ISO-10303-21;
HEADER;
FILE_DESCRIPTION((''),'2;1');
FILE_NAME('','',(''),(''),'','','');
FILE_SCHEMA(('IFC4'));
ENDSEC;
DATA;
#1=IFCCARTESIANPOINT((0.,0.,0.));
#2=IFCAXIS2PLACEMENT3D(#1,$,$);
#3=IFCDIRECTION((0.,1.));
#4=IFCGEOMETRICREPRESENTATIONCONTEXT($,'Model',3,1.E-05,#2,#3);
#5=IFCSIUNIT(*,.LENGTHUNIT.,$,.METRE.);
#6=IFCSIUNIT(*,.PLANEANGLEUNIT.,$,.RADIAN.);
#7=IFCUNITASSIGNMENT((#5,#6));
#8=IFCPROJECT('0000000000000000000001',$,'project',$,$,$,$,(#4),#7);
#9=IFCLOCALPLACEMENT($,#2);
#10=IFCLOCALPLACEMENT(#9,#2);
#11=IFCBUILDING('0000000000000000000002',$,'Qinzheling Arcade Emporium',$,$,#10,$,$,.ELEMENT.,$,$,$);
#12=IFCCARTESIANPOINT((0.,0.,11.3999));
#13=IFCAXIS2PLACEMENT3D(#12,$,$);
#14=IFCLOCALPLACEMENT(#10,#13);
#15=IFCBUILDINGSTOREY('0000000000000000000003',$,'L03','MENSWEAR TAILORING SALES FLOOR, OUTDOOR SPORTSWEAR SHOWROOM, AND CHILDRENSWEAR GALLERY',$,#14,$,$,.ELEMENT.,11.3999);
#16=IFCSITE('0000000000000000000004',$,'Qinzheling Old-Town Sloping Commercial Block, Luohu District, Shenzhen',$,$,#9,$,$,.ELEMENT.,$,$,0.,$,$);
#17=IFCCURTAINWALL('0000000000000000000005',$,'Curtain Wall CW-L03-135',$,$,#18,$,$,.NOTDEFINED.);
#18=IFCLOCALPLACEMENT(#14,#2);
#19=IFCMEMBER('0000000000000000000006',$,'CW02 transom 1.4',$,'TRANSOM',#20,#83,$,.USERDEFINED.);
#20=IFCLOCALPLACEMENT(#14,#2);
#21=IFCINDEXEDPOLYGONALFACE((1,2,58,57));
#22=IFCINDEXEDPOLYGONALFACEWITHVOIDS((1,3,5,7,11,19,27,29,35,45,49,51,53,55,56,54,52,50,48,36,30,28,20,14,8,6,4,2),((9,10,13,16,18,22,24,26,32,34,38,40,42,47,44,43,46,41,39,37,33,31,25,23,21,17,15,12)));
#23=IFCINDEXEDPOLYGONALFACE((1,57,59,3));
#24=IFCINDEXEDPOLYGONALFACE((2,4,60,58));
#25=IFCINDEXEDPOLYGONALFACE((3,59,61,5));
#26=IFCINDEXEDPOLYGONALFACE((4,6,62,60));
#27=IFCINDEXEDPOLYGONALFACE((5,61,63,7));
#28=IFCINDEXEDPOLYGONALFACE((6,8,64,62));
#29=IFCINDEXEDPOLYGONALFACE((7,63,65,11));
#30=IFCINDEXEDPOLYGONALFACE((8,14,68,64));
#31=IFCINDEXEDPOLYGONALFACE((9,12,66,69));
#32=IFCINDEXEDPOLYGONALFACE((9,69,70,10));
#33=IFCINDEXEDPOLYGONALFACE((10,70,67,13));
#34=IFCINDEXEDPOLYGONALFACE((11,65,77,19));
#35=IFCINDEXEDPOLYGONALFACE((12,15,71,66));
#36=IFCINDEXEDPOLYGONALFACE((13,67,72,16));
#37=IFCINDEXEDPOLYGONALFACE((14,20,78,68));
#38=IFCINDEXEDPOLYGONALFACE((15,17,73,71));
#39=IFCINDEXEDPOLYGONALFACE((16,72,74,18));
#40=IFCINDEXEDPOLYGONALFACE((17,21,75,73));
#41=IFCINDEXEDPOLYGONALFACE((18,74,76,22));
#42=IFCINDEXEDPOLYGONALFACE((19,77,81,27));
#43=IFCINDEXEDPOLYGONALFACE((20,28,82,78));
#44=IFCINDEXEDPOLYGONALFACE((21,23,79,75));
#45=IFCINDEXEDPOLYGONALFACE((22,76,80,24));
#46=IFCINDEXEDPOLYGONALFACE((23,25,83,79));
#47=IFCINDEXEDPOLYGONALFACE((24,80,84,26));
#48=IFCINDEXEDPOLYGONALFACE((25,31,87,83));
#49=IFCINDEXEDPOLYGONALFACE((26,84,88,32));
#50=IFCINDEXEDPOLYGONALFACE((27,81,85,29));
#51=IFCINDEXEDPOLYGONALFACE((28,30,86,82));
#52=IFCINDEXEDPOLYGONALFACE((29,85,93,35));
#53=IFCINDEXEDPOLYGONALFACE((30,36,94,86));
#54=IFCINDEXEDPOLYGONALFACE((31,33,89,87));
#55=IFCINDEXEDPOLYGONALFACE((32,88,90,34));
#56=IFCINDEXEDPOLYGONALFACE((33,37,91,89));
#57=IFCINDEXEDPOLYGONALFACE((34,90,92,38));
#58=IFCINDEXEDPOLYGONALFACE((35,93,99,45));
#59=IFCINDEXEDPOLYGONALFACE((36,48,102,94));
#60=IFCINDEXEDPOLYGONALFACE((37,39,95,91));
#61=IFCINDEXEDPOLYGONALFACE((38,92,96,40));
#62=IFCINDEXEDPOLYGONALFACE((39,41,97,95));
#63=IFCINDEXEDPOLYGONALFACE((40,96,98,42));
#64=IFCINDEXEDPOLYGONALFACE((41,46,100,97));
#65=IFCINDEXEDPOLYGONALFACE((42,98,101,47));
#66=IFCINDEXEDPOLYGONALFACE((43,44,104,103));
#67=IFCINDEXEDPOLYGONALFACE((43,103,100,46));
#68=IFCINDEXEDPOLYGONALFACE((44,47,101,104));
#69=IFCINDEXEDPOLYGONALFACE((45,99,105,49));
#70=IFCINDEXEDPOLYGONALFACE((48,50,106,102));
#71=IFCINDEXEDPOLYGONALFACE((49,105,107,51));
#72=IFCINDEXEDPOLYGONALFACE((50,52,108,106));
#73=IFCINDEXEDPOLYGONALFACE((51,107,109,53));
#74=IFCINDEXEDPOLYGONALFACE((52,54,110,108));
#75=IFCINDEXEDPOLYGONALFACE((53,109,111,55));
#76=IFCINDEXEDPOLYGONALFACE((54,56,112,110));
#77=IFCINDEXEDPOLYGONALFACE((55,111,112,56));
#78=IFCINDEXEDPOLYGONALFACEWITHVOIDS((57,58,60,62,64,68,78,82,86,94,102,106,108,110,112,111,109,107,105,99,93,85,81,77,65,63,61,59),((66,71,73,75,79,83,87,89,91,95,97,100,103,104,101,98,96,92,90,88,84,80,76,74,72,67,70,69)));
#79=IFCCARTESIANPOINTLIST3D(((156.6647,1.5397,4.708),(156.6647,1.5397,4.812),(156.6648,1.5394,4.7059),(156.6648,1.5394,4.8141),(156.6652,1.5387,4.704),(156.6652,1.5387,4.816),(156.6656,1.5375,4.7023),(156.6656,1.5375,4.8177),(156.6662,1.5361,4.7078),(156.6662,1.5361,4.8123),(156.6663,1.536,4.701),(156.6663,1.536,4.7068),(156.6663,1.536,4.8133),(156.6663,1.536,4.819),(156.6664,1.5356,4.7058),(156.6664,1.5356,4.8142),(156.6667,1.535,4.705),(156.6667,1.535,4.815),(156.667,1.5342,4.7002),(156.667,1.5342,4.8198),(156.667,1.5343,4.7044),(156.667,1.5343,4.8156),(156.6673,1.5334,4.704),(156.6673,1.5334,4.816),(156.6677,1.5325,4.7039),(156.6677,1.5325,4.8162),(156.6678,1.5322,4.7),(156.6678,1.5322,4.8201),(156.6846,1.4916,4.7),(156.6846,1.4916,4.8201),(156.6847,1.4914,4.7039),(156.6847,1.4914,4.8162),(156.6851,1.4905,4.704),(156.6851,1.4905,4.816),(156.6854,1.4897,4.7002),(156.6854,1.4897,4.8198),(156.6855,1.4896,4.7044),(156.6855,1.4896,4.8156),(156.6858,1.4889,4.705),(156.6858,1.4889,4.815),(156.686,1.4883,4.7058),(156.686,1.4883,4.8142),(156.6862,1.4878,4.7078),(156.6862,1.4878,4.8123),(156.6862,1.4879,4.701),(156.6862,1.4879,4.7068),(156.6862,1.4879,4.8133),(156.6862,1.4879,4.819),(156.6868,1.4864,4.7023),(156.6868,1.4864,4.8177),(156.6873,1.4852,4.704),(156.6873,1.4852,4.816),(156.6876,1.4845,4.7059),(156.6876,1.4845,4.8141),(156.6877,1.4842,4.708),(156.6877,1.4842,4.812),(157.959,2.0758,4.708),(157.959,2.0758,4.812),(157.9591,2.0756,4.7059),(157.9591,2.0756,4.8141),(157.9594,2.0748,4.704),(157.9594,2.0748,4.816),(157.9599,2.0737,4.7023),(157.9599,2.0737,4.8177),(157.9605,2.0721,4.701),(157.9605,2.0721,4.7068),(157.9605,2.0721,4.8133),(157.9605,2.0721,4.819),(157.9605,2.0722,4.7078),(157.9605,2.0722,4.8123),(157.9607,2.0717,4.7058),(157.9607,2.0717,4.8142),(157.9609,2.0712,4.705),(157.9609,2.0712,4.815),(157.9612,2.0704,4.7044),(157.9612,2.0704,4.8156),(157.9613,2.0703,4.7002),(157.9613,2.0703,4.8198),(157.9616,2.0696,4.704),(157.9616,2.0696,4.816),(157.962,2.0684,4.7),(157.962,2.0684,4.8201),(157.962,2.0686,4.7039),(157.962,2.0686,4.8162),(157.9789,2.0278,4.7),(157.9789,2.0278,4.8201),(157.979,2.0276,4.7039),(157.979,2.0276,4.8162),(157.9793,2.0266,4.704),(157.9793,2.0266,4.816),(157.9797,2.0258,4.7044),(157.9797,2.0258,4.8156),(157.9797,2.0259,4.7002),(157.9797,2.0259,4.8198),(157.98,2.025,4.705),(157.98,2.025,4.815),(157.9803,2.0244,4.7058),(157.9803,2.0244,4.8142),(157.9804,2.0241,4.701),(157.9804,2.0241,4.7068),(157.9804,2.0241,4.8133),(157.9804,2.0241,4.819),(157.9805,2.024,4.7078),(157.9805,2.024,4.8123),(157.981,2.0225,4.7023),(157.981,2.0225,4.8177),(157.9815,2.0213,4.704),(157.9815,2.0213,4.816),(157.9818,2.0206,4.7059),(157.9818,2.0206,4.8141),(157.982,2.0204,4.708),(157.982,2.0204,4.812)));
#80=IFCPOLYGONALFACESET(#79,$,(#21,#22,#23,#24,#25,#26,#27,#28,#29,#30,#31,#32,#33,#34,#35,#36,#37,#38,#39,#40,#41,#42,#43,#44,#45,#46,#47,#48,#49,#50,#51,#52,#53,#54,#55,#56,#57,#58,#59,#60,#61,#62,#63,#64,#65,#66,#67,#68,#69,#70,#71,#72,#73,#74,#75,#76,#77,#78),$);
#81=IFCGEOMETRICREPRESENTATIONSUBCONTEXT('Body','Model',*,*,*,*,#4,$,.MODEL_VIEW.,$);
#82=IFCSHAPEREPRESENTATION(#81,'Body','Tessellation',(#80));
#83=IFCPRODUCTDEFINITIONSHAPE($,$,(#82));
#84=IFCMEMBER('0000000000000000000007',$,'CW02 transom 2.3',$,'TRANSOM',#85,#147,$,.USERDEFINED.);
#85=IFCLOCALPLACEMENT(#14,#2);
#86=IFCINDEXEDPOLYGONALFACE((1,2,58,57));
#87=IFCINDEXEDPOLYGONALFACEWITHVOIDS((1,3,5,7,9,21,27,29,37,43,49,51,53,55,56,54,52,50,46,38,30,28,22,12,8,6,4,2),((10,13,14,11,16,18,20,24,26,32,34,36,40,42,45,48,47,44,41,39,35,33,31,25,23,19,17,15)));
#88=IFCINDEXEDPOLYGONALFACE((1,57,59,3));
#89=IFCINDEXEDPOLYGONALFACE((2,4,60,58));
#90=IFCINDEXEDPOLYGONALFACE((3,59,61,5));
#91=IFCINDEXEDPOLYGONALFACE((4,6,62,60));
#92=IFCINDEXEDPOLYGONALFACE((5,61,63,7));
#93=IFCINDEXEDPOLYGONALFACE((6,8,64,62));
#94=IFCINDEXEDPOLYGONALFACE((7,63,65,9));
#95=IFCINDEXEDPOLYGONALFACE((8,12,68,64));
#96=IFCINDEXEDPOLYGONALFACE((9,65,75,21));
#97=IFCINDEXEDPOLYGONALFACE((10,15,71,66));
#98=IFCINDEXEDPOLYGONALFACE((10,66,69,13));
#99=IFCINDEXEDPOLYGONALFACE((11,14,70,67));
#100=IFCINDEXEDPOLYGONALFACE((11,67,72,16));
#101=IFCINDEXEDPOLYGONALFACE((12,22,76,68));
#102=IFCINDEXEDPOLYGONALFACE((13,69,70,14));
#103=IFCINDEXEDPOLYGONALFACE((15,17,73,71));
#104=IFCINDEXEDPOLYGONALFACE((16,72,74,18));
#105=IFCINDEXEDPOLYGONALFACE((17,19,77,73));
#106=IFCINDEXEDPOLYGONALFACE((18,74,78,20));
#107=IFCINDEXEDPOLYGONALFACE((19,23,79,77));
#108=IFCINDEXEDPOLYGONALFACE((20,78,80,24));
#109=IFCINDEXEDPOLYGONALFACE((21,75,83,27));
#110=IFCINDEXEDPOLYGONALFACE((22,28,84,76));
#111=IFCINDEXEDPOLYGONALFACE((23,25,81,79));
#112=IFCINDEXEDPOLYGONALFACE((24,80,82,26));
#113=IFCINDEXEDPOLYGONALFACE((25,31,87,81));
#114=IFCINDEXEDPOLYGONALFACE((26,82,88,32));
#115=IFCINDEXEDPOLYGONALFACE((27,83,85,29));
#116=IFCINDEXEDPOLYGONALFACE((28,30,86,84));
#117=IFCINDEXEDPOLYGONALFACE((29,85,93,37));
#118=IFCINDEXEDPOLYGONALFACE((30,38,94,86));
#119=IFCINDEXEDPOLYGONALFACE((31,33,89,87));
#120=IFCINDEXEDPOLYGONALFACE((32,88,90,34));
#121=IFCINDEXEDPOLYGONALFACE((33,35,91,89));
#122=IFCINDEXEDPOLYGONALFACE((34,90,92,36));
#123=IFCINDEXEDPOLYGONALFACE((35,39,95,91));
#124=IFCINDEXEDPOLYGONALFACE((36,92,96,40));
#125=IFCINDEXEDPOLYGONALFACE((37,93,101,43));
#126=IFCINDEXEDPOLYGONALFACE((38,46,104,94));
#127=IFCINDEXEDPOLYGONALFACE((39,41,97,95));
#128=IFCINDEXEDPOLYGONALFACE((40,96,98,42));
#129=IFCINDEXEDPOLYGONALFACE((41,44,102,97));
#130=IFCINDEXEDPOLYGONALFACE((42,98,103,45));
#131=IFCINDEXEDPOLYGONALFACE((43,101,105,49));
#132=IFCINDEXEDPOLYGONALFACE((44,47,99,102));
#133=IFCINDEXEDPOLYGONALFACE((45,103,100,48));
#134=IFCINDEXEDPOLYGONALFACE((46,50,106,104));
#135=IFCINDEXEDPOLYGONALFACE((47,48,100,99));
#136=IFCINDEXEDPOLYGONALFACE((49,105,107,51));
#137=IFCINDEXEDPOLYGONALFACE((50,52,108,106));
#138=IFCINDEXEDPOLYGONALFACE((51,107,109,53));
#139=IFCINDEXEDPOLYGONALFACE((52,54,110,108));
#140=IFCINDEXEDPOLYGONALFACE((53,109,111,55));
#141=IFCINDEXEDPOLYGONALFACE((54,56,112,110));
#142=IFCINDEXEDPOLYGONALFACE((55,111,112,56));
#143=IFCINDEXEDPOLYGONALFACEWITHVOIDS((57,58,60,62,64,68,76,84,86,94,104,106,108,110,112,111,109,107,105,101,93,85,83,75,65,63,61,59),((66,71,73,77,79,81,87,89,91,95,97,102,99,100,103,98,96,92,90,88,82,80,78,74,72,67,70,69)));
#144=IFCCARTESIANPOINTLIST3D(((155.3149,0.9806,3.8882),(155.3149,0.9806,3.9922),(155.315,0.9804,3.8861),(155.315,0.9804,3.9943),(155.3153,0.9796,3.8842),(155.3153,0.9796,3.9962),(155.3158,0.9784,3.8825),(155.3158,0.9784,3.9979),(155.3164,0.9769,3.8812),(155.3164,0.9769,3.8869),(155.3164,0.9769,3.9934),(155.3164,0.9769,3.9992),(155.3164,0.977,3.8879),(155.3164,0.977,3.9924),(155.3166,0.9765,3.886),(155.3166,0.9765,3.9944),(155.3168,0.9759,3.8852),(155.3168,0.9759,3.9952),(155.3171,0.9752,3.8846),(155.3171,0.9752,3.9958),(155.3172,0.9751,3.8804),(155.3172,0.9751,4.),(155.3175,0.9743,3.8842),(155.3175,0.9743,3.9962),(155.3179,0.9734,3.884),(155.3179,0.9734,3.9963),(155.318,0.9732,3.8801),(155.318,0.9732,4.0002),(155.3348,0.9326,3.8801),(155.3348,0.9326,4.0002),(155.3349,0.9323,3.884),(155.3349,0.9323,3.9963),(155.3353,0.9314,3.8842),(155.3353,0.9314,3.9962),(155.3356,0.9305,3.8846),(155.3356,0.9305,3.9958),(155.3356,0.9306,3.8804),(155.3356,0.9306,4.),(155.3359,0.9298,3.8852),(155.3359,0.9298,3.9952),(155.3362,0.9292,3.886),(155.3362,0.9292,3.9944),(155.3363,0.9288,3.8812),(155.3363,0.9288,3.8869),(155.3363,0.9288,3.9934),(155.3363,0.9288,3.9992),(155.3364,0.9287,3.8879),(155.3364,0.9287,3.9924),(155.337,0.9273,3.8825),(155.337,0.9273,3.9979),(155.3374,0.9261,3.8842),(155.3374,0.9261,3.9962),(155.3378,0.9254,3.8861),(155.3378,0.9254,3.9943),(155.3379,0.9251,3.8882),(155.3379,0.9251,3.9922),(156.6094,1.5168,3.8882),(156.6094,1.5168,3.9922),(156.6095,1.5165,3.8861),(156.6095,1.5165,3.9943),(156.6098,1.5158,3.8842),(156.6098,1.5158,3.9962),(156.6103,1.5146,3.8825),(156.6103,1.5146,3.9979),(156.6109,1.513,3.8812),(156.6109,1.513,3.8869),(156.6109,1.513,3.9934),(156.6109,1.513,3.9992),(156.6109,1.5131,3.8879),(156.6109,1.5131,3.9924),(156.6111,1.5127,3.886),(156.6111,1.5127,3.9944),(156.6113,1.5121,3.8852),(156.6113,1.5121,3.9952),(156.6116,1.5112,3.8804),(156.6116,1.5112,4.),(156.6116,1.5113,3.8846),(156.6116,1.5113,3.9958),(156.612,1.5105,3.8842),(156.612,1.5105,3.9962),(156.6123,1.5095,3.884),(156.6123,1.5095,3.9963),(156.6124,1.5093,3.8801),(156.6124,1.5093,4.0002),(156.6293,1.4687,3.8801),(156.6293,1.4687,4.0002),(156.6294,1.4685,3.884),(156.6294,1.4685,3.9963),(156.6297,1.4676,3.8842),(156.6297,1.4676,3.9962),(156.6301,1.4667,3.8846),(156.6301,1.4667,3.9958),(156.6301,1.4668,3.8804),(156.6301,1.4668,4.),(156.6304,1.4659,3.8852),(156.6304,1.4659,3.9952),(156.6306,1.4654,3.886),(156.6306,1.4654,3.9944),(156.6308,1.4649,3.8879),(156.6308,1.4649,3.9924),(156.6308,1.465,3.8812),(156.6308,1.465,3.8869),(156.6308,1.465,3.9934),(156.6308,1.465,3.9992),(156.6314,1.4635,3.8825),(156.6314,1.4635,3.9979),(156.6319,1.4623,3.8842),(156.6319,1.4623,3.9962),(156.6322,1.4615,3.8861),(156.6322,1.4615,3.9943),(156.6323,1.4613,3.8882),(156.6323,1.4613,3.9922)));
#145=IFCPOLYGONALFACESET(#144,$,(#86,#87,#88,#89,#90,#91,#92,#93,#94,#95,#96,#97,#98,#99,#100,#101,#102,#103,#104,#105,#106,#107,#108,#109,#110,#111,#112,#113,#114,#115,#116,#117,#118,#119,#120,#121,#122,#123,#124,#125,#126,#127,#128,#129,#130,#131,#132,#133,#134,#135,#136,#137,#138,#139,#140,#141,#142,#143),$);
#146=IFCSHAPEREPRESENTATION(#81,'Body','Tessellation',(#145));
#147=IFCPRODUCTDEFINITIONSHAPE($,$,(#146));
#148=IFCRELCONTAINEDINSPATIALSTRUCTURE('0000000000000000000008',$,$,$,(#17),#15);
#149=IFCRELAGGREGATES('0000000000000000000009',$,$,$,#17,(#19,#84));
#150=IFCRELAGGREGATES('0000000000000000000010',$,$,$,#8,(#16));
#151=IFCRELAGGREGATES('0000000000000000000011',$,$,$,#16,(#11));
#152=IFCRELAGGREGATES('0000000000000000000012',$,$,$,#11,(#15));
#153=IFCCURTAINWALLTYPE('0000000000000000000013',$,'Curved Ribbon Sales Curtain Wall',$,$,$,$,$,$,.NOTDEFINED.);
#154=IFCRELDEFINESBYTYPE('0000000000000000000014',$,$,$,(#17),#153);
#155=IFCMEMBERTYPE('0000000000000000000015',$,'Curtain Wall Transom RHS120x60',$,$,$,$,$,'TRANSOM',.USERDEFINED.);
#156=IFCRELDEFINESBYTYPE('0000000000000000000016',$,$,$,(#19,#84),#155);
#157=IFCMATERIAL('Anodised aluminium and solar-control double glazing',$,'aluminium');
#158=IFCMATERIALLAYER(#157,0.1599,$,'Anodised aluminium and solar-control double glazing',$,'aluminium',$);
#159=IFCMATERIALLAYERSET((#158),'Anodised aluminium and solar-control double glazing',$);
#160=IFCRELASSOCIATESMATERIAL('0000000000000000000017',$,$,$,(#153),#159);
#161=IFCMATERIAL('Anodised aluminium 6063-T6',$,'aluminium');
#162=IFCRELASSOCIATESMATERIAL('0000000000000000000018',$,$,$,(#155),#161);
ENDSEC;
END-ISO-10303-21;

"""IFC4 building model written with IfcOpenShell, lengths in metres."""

from ifc_helpers import new_model, si_unit, direction, frame, origin, origin_2d, place, context, subcontext, project, spatial, hollow_rectangle, extrude, material, layer, layer_set, material_profile, profile_set, type_object, element, aggregate, save


model = new_model("IFC4")

# Units and contexts
model_context = context("Model", 3, precision=1e-05, world=origin(), true_north=direction((0.0, 1.0)))
body_context = subcontext(model_context, "Body", "Model", "MODEL_VIEW")
ifc_project = project(units=[si_unit("LENGTHUNIT", "METRE"), si_unit("PLANEANGLEUNIT", "RADIAN")], contexts=[model_context])

# Site, building, storey
site_placement = place(None, origin())
site = spatial("IfcSite", under=ifc_project, at=site_placement, Name="Qinzheling Old-Town Sloping Commercial Block, Luohu District, Shenzhen", CompositionType="ELEMENT", RefElevation=0.0)
building_placement = place(site_placement, origin())
building = spatial("IfcBuilding", under=site, at=building_placement, Name="Qinzheling Arcade Emporium", CompositionType="ELEMENT")
storey_placement = place(building_placement, frame((0.0, 0.0, 11.3999)))
storey = spatial("IfcBuildingStorey", under=building, at=storey_placement, Name="L03", Description="MENSWEAR TAILORING SALES FLOOR, OUTDOOR SPORTSWEAR SHOWROOM, AND CHILDRENSWEAR GALLERY", CompositionType="ELEMENT", Elevation=11.3999)

# Curtain wall
ifc_material_1 = material(Name="Anodised aluminium and solar-control double glazing", Category="aluminium")
ifc_layer_1 = layer(ifc_material_1, 0.1599, Name="Anodised aluminium and solar-control double glazing", Category="aluminium")
ifc_layer_set_1 = layer_set([ifc_layer_1], Name="Anodised aluminium and solar-control double glazing")
curtain_wall_type = type_object("IfcCurtainWallType", Name="Curved Ribbon Sales Curtain Wall", PredefinedType="NOTDEFINED", material=ifc_layer_set_1)
ifc_material_2 = material(Name="Anodised aluminium 6063-T6", Category="aluminium")
curtain_wall_1_placement = place(storey_placement, origin())
curtain_wall_1 = element("IfcCurtainWall", 1, at=curtain_wall_1_placement, inside=storey, type_object=curtain_wall_type, Name="Curtain Wall CW-L03-135", PredefinedType="NOTDEFINED")

# Members
ifc_material_profile_1 = material_profile(ifc_material_2, hollow_rectangle(XDim=0.0601, YDim=0.1201, WallThickness=0.0039, InnerFilletRadius=0.0039, OuterFilletRadius=0.0081, at=origin_2d()), Name="RHS 120x60x4", Category="aluminium")
ifc_profile_set_1 = profile_set([ifc_material_profile_1], Name="Anodised aluminium 6063-T6")
member_type_1 = type_object("IfcMemberType", Name="Curtain Wall Transom RHS120x60", ElementType="TRANSOM", PredefinedType="USERDEFINED", material=ifc_profile_set_1)
member_1_placement = place(storey_placement, frame((157.9705, 2.0481, 4.76), z_axis=(-0.923864, -0.382721, 0.0), x_axis=(0.382721, -0.923864, 0.0)))
member_1 = element("IfcMember", 2, at=member_1_placement, type_object=member_type_1, Name="CW02 transom 1.4", ObjectType="TRANSOM", PredefinedType="USERDEFINED", context=body_context, shape_type="SweptSolid", body=[
    extrude(hollow_rectangle(XDim=0.0601, YDim=0.1201, WallThickness=0.0039, InnerFilletRadius=0.0039, OuterFilletRadius=0.0081, at=origin_2d()), origin(), (0.0, 0.0, 1.0), 1.4009),
])
member_2_placement = place(storey_placement, frame((156.6208, 1.489, 3.9402), z_axis=(-0.923889, -0.38266, 0.0), x_axis=(0.38266, -0.923889, 0.0)))
member_2 = element("IfcMember", 3, at=member_2_placement, type_object=member_type_1, Name="CW02 transom 2.3", ObjectType="TRANSOM", PredefinedType="USERDEFINED", context=body_context, shape_type="SweptSolid", body=[
    extrude(hollow_rectangle(XDim=0.0601, YDim=0.1201, WallThickness=0.0039, InnerFilletRadius=0.0039, OuterFilletRadius=0.0081, at=origin_2d()), origin(), (0.0, 0.0, 1.0), 1.4011),
])

aggregate(curtain_wall_1, [member_1, member_2])

save(model, "model.ifc")
